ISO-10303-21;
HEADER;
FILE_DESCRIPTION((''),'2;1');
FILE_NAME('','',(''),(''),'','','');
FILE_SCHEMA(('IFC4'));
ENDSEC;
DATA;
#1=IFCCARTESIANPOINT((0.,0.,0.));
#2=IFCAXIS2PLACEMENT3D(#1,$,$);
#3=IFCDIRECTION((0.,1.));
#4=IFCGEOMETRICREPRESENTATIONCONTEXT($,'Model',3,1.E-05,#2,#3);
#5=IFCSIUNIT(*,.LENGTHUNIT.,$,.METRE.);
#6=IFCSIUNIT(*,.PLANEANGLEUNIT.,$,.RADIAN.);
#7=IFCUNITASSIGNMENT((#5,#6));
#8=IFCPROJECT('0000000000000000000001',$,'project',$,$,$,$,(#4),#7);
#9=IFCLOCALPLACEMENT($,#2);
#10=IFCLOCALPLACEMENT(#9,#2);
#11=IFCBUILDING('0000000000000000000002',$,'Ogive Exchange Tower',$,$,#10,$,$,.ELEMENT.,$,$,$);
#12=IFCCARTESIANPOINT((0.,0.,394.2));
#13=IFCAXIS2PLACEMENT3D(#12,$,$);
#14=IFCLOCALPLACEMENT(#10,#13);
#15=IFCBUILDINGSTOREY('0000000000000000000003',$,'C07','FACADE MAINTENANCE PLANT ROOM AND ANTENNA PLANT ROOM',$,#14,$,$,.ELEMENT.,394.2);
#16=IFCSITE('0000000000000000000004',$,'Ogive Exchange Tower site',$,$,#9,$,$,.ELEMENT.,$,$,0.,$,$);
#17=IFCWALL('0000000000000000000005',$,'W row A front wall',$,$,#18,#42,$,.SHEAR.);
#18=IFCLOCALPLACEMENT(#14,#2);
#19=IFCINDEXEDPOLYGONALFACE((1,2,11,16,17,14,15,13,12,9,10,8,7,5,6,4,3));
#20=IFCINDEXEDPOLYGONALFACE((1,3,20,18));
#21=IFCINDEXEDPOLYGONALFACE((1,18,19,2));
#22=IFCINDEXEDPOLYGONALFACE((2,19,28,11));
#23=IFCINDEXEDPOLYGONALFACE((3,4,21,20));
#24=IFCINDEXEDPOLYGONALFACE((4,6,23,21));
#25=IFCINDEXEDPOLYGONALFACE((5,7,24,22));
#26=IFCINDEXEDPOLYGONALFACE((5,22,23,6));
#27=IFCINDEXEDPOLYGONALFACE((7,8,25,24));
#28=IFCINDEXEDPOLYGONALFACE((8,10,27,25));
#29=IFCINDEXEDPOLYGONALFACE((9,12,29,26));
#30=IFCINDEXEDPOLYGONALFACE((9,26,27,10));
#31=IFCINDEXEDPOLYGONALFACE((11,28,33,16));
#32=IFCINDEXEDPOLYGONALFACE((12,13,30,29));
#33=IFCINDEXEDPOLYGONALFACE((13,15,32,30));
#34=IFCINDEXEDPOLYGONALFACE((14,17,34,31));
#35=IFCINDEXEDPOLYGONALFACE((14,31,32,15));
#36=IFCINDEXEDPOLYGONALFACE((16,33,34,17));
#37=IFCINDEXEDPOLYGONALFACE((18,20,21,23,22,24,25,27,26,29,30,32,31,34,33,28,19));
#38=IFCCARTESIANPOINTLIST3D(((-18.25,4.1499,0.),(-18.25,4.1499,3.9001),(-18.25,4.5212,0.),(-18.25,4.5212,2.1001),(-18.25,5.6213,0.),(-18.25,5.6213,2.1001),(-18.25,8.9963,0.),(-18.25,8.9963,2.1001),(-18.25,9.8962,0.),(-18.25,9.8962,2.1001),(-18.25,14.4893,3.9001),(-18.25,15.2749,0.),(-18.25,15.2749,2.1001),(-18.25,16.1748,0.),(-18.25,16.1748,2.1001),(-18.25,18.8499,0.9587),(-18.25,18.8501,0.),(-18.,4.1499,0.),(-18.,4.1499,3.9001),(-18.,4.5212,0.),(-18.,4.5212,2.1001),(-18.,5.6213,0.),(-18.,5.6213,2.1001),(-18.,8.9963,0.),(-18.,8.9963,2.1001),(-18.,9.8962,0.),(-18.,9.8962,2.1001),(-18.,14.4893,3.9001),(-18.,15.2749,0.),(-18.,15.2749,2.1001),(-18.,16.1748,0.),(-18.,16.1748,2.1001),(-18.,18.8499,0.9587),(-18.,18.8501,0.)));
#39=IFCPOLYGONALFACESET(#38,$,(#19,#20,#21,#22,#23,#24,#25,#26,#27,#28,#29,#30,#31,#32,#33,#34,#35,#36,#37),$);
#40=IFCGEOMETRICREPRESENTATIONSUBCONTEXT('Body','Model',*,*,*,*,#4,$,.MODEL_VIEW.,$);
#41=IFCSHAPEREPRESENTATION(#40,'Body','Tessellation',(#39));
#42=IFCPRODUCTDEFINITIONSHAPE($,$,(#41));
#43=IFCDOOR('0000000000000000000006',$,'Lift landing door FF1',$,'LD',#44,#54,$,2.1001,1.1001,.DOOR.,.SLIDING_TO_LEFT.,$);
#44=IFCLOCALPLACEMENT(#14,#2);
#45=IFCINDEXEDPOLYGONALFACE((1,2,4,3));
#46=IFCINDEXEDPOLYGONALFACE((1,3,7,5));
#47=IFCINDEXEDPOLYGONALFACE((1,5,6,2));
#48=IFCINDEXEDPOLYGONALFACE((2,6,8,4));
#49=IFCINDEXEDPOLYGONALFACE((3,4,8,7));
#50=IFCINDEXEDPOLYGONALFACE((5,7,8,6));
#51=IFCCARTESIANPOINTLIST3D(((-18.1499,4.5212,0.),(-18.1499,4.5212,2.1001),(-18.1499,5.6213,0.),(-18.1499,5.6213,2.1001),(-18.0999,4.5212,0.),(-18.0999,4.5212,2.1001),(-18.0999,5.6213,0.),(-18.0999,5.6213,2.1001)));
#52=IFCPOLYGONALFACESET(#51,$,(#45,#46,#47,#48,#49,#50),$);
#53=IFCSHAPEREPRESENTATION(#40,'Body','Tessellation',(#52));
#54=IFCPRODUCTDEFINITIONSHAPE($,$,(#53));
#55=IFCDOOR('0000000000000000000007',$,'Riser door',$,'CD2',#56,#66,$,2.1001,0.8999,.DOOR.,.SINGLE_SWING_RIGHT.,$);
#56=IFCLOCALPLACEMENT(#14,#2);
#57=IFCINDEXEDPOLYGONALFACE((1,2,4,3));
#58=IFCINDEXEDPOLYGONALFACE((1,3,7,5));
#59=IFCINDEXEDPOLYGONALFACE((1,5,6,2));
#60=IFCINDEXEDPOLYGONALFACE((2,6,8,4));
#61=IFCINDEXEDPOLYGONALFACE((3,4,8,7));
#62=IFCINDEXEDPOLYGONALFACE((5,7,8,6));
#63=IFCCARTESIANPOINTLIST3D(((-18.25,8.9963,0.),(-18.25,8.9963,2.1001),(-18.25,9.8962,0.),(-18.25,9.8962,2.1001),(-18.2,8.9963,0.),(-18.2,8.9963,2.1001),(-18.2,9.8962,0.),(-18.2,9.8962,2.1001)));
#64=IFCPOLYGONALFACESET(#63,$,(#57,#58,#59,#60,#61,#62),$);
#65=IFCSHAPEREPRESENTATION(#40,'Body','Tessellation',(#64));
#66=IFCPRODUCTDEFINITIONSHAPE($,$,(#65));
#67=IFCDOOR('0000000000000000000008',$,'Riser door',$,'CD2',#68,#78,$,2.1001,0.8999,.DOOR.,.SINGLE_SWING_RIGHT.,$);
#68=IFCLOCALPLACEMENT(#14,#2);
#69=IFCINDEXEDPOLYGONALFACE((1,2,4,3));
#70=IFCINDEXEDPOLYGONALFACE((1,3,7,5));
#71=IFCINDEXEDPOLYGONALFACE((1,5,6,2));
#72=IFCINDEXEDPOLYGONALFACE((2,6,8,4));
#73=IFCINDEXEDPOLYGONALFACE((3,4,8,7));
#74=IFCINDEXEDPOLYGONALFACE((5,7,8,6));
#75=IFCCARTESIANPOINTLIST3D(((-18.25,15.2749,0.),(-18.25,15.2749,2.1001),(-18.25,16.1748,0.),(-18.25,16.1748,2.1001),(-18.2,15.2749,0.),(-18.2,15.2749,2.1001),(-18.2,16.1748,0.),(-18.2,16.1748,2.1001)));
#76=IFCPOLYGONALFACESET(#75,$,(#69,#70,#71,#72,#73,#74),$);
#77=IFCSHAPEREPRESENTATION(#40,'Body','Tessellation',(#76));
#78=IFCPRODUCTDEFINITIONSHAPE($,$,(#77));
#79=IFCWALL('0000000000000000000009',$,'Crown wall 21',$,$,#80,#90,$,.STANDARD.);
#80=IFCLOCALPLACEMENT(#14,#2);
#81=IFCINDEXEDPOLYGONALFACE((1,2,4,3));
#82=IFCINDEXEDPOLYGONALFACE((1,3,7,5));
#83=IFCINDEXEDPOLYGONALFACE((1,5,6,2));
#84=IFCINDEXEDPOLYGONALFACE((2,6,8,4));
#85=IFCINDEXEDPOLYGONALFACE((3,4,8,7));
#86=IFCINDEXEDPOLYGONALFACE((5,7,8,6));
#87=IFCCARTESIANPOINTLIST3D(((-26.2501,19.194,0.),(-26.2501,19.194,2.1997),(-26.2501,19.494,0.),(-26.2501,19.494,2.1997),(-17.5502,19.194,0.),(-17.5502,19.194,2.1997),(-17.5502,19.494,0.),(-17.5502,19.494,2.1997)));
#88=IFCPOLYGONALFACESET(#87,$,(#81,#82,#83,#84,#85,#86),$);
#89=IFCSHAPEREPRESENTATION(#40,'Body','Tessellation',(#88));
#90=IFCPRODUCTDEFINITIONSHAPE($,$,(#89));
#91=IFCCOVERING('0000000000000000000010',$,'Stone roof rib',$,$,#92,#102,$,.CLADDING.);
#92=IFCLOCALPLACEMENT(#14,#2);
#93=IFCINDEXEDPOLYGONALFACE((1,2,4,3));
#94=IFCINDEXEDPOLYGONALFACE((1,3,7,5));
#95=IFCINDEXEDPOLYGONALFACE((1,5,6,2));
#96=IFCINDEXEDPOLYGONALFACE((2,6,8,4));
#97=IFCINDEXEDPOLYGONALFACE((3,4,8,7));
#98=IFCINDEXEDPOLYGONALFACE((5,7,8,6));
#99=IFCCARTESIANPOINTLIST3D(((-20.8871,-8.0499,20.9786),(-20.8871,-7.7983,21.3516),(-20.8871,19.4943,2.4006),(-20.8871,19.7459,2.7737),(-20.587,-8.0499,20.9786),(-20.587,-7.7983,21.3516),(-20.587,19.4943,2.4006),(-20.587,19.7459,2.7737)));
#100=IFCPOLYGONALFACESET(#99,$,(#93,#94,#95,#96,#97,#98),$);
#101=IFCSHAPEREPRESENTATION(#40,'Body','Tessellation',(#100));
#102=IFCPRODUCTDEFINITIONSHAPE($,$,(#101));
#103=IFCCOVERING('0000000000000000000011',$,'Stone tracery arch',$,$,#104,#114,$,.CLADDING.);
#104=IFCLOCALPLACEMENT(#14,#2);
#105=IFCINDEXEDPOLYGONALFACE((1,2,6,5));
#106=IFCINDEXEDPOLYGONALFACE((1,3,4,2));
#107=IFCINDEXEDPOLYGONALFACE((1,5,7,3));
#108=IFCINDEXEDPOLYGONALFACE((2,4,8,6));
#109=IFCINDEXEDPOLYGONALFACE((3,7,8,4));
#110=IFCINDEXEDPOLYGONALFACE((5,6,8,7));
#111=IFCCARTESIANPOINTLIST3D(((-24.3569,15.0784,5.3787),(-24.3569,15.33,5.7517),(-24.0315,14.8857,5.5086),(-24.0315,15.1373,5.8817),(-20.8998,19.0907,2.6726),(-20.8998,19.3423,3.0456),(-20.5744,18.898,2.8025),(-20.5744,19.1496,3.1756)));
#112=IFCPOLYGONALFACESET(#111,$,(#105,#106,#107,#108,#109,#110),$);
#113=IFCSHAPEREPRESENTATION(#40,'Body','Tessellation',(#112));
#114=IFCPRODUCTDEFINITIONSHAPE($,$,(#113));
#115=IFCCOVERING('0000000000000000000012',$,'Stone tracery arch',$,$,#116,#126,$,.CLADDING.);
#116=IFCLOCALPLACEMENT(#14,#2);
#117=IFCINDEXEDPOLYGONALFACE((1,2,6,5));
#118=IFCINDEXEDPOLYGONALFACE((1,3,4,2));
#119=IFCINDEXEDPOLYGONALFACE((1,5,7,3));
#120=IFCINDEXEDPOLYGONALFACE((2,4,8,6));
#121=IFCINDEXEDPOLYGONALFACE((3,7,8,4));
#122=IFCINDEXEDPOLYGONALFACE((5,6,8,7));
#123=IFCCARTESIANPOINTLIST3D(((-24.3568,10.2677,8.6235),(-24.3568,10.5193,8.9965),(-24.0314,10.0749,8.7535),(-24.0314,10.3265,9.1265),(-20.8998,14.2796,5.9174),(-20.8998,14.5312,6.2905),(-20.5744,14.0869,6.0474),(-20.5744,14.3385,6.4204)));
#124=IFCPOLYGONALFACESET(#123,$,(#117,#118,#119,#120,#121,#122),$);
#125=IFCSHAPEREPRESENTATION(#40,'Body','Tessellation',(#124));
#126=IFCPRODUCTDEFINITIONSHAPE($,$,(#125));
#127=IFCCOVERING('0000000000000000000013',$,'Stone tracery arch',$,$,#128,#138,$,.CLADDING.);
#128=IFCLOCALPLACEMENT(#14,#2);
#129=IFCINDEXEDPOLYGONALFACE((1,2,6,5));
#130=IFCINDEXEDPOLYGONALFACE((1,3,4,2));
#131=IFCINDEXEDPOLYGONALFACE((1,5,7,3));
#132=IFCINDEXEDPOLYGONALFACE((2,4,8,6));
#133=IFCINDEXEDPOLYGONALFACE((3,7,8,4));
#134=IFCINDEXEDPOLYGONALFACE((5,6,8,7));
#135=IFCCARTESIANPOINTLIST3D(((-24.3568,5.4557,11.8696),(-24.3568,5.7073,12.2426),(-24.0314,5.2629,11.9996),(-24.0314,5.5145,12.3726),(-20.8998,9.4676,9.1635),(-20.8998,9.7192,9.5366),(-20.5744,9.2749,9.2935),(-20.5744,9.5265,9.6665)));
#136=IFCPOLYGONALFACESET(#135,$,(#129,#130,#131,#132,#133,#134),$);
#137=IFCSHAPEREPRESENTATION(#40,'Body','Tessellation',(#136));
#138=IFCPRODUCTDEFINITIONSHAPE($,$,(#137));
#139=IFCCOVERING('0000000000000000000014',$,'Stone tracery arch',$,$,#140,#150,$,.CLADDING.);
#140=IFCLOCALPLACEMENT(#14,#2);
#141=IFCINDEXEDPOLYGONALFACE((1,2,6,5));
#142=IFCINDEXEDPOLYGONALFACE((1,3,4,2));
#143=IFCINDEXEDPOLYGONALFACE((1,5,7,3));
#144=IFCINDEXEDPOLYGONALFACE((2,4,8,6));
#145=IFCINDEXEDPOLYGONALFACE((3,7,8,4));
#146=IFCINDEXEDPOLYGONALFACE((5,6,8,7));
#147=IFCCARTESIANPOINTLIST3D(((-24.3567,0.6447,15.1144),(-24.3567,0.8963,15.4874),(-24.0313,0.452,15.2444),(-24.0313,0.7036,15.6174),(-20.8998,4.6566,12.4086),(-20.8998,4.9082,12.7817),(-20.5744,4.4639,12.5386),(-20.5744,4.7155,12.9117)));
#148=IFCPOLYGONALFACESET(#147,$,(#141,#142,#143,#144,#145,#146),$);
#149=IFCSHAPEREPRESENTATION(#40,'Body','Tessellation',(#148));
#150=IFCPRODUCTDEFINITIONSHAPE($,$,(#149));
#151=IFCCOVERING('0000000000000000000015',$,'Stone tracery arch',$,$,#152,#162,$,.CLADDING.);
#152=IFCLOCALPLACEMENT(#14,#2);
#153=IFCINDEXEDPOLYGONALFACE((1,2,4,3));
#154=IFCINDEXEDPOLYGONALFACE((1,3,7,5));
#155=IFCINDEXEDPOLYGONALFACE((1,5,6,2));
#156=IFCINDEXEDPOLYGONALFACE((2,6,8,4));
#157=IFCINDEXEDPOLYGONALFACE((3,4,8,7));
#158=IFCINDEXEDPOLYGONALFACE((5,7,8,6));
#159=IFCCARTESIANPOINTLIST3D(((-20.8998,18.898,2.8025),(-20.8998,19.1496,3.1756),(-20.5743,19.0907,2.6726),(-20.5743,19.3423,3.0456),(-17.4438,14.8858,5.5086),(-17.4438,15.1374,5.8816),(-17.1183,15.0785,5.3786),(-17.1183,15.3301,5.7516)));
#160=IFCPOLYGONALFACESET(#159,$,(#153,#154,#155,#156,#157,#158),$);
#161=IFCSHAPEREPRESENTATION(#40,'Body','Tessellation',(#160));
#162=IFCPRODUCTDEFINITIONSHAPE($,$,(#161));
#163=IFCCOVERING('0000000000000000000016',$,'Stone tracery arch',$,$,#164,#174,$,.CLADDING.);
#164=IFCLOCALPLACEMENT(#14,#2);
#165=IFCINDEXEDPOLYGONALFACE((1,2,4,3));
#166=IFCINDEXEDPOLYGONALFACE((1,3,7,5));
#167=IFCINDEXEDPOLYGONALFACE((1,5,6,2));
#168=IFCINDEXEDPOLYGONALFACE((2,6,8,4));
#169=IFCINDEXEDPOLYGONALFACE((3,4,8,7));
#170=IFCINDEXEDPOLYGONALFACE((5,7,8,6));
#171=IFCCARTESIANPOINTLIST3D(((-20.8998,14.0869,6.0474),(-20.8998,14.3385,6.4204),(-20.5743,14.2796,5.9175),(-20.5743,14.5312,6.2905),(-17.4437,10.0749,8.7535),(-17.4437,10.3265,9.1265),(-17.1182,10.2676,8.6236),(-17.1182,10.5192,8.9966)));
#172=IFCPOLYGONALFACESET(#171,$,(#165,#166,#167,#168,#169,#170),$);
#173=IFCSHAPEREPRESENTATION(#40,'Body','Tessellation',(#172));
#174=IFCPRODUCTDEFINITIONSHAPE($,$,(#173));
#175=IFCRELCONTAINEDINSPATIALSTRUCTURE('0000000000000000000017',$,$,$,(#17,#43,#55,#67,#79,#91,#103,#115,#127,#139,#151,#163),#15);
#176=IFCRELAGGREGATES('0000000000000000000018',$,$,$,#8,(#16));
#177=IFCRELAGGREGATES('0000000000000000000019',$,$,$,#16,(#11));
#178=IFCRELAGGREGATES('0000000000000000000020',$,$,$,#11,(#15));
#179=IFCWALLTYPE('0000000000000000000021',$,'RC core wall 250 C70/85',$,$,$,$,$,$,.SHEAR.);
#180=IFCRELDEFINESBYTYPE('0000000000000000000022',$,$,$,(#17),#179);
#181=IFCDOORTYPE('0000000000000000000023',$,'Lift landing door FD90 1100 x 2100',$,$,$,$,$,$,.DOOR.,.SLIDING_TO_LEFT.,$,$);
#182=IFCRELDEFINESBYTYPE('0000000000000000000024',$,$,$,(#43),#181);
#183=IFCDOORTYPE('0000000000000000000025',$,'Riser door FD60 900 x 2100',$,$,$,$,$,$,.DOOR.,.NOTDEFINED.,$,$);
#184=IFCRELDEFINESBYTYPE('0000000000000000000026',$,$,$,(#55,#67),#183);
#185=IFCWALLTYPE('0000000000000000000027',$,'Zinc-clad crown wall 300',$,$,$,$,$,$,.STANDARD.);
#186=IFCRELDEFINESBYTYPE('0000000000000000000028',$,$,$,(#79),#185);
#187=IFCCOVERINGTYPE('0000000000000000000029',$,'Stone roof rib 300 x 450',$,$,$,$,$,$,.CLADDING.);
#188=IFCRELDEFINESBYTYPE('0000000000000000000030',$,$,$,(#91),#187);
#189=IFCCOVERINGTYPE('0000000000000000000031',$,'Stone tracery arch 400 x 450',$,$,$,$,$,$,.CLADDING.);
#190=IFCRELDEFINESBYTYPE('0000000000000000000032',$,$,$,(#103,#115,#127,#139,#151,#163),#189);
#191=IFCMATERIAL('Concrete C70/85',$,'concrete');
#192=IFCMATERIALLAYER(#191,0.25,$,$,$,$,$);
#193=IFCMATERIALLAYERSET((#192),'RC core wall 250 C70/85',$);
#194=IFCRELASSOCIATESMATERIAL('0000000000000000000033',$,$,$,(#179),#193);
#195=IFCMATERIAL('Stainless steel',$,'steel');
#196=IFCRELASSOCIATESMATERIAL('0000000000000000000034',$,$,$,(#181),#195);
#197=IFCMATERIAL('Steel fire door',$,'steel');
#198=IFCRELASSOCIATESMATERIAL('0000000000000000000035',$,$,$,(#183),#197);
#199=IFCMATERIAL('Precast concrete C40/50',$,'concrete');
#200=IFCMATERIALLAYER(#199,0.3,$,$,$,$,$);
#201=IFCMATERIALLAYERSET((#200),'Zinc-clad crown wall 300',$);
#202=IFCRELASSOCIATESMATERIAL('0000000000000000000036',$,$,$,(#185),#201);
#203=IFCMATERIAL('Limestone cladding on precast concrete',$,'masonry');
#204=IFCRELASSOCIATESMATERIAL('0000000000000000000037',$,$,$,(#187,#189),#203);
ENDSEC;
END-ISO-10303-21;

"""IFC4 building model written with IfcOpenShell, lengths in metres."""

from ifc_helpers import new_model, si_unit, direction, frame, frame_2d, origin, origin_2d, place, context, subcontext, project, spatial, polyline, rectangle, outline, extrude, material, layer, layer_set, material_profile, profile_set, type_object, element, fill, save


model = new_model("IFC4")

# Units and contexts
model_context = context("Model", 3, precision=1e-05, world=origin(), true_north=direction((0.0, 1.0)))
body_context = subcontext(model_context, "Body", "Model", "MODEL_VIEW")
ifc_project = project(units=[si_unit("LENGTHUNIT", "METRE"), si_unit("PLANEANGLEUNIT", "RADIAN")], contexts=[model_context])

# Site, building, storey
site_placement = place(None, origin())
site = spatial("IfcSite", under=ifc_project, at=site_placement, Name="Ogive Exchange Tower site", CompositionType="ELEMENT", RefElevation=0.0)
building_placement = place(site_placement, origin())
building = spatial("IfcBuilding", under=site, at=building_placement, Name="Ogive Exchange Tower", CompositionType="ELEMENT")
storey_placement = place(building_placement, frame((0.0, 0.0, 394.2)))
storey = spatial("IfcBuildingStorey", under=building, at=storey_placement, Name="C07", Description="FACADE MAINTENANCE PLANT ROOM AND ANTENNA PLANT ROOM", CompositionType="ELEMENT", Elevation=394.2)

# Shared definitions
ifc_material_1 = material(Name="Concrete C70/85", Category="concrete")
ifc_material_2 = material(Name="Steel fire door", Category="steel")

# Wall, openings, doors
ifc_layer_1 = layer(ifc_material_1, 0.25)
ifc_layer_set_1 = layer_set([ifc_layer_1], Name="RC core wall 250 C70/85")
wall_type_1 = type_object("IfcWallType", Name="RC core wall 250 C70/85", PredefinedType="SHEAR", material=ifc_layer_set_1)
wall_1_placement = place(storey_placement, frame((-18.125, 4.1499, 0.0), z_axis=(0.0, 0.0, 1.0), x_axis=(0.0, 1.0, 0.0)))
wall_1 = element("IfcWall", 1, at=wall_1_placement, inside=storey, type_object=wall_type_1, Name="W row A front wall", PredefinedType="SHEAR", context=body_context, shape_type="SweptSolid", body=[
    extrude(outline(polyline([(0.0, 0.0), (14.7002, 0.0), (14.7, 0.9587), (10.3394, 3.9001), (0.0, 3.9001), (0.0, 0.0)])), frame((0.0, 0.125, 0.0), z_axis=(0.0, -1.0, 0.0), x_axis=(1.0, 0.0, 0.0)), (0.0, 0.0, 1.0), 0.25),
])
opening_1_placement = place(wall_1_placement, frame((4.8464, 0.0, 0.0)))
opening_1 = element("IfcOpeningElement", 2, at=opening_1_placement, cuts=wall_1, PredefinedType="OPENING", context=body_context, shape_type="SweptSolid", body=[
    extrude(rectangle(XDim=0.8999, YDim=2.1001, at=frame_2d((0.45, 1.05))), frame((0.0, 0.135, 0.0), z_axis=(0.0, -1.0, 0.0), x_axis=(1.0, 0.0, 0.0)), (0.0, 0.0, 1.0), 0.27),
])
opening_2_placement = place(wall_1_placement, frame((11.125, 0.0, 0.0)))
opening_2 = element("IfcOpeningElement", 3, at=opening_2_placement, cuts=wall_1, PredefinedType="OPENING", context=body_context, shape_type="SweptSolid", body=[
    extrude(rectangle(XDim=0.8999, YDim=2.1001, at=frame_2d((0.45, 1.05))), frame((0.0, 0.135, 0.0), z_axis=(0.0, -1.0, 0.0), x_axis=(1.0, 0.0, 0.0)), (0.0, 0.0, 1.0), 0.27),
])
opening_3_placement = place(wall_1_placement, frame((0.3713, 0.0, 0.0)))
opening_3 = element("IfcOpeningElement", 4, at=opening_3_placement, cuts=wall_1, PredefinedType="OPENING", context=body_context, shape_type="SweptSolid", body=[
    extrude(rectangle(XDim=1.1001, YDim=2.1001, at=frame_2d((0.55, 1.05))), frame((0.0, 0.135, 0.0), z_axis=(0.0, -1.0, 0.0), x_axis=(1.0, 0.0, 0.0)), (0.0, 0.0, 1.0), 0.27),
])
ifc_material_3 = material(Name="Stainless steel", Category="steel")
door_type_1 = type_object("IfcDoorType", Name="Lift landing door FD90 1100 x 2100", OperationType="SLIDING_TO_LEFT", PredefinedType="DOOR", material=ifc_material_3)
door_1_placement = place(opening_3_placement, origin())
door_1 = element("IfcDoor", 5, at=door_1_placement, inside=storey, type_object=door_type_1, Name="Lift landing door FF1", ObjectType="LD", OperationType="SLIDING_TO_LEFT", OverallHeight=2.1001, OverallWidth=1.1001, PredefinedType="DOOR", context=body_context, shape_type="SweptSolid", body=[
    extrude(rectangle(XDim=1.1001, YDim=2.1001, at=frame_2d((0.55, 1.05))), frame((0.0, 0.0249, 0.0), z_axis=(0.0, -1.0, 0.0), x_axis=(1.0, 0.0, 0.0)), (0.0, 0.0, 1.0), 0.05),
])
fill(opening_3, door_1)
door_type_2 = type_object("IfcDoorType", Name="Riser door FD60 900 x 2100", OperationType="NOTDEFINED", PredefinedType="DOOR", material=ifc_material_2)
door_2_placement = place(opening_1_placement, origin())
door_2 = element("IfcDoor", 6, at=door_2_placement, inside=storey, type_object=door_type_2, Name="Riser door", ObjectType="CD2", OperationType="SINGLE_SWING_RIGHT", OverallHeight=2.1001, OverallWidth=0.8999, PredefinedType="DOOR", context=body_context, shape_type="SweptSolid", body=[
    extrude(rectangle(XDim=0.8999, YDim=2.1001, at=frame_2d((0.45, 1.05))), frame((0.0, 0.125, 0.0), z_axis=(0.0, -1.0, 0.0), x_axis=(1.0, 0.0, 0.0)), (0.0, 0.0, 1.0), 0.05),
])
fill(opening_1, door_2)
door_3_placement = place(opening_2_placement, origin())
door_3 = element("IfcDoor", 7, at=door_3_placement, inside=storey, type_object=door_type_2, Name="Riser door", ObjectType="CD2", OperationType="SINGLE_SWING_RIGHT", OverallHeight=2.1001, OverallWidth=0.8999, PredefinedType="DOOR", context=body_context, shape_type="SweptSolid", body=[
    extrude(rectangle(XDim=0.8999, YDim=2.1001, at=frame_2d((0.45, 1.05))), frame((0.0, 0.125, 0.0), z_axis=(0.0, -1.0, 0.0), x_axis=(1.0, 0.0, 0.0)), (0.0, 0.0, 1.0), 0.05),
])
fill(opening_2, door_3)

# Wall
ifc_material_4 = material(Name="Precast concrete C40/50", Category="concrete")
ifc_layer_2 = layer(ifc_material_4, 0.3)
ifc_layer_set_2 = layer_set([ifc_layer_2], Name="Zinc-clad crown wall 300")
wall_type_2 = type_object("IfcWallType", Name="Zinc-clad crown wall 300", PredefinedType="STANDARD", material=ifc_layer_set_2)
wall_2_placement = place(storey_placement, frame((-17.55, 19.344, 0.0), z_axis=(0.0, 0.0, 1.0), x_axis=(-1.0, 0.0, 0.0)))
element("IfcWall", 8, at=wall_2_placement, inside=storey, type_object=wall_type_2, Name="Crown wall 21", PredefinedType="STANDARD", context=body_context, shape_type="SweptSolid", body=[
    extrude(rectangle(XDim=8.7, YDim=0.3, at=frame_2d((4.3501, 0.0))), origin(), (0.0, 0.0, 1.0), 2.1997),
])

# Coverings
ifc_material_5 = material(Name="Limestone cladding on precast concrete", Category="masonry")
ifc_material_profile_1 = material_profile(ifc_material_5, rectangle(XDim=0.3, YDim=0.45, at=origin_2d()), Name="RIB 300 x 450")
ifc_profile_set_1 = profile_set([ifc_material_profile_1], Name="Limestone cladding on precast concrete")
covering_type_1 = type_object("IfcCoveringType", Name="Stone roof rib 300 x 450", PredefinedType="CLADDING", material=ifc_profile_set_1)
covering_1_placement = place(storey_placement, frame((-20.7371, 19.6201, 2.5872), z_axis=(0.0, -0.82905, 0.559174), x_axis=(1.0, 0.0, 0.0)))
element("IfcCovering", 9, at=covering_1_placement, inside=storey, type_object=covering_type_1, Name="Stone roof rib", PredefinedType="CLADDING", context=body_context, shape_type="SweptSolid", body=[
    extrude(rectangle(XDim=0.3, YDim=0.45, at=origin_2d()), origin(), (0.0, 0.0, 1.0), 33.2239),
])
ifc_material_profile_2 = material_profile(ifc_material_5, rectangle(XDim=0.3999, YDim=0.45, at=origin_2d()), Name="TRACERY 400 x 450")
ifc_profile_set_2 = profile_set([ifc_material_profile_2], Name="Limestone cladding on precast concrete")
covering_type_2 = type_object("IfcCoveringType", Name="Stone tracery arch 400 x 450", PredefinedType="CLADDING", material=ifc_profile_set_2)
covering_2_placement = place(storey_placement, frame((-20.7371, 19.1201, 2.9241), z_axis=(-0.581267, -0.674615, 0.454998), x_axis=(0.813713, -0.481905, 0.325021)))
element("IfcCovering", 10, at=covering_2_placement, inside=storey, type_object=covering_type_2, Name="Stone tracery arch", PredefinedType="CLADDING", context=body_context, shape_type="SweptSolid", body=[
    extrude(rectangle(XDim=0.3999, YDim=0.45, at=origin_2d()), origin(), (0.0, 0.0, 1.0), 5.9475),
])
for number, where, z_axis, x_axis, name in (
    (11, (-20.7371, 14.3091, 6.1689), (-0.581283, -0.674593, 0.45501), (0.813701, -0.481926, 0.325019), "Stone tracery arch"),
    (12, (-20.7371, 9.4971, 9.415), (-0.581283, -0.674593, 0.45501), (0.813701, -0.481926, 0.325019), "Stone tracery arch"),
):
    element("IfcCovering", number, at=place(storey_placement, frame(where, z_axis=z_axis, x_axis=x_axis)), inside=storey, type_object=covering_type_2, Name=name, PredefinedType="CLADDING", context=body_context, shape_type="SweptSolid", body=[
        extrude(rectangle(XDim=0.3999, YDim=0.45, at=origin_2d()), origin(), (0.0, 0.0, 1.0), 5.9473),
    ])
covering_3_placement = place(storey_placement, frame((-20.7371, 4.686, 12.6602), z_axis=(-0.581294, -0.674605, 0.454978), x_axis=(0.813693, -0.481935, 0.325025)))
element("IfcCovering", 13, at=covering_3_placement, inside=storey, type_object=covering_type_2, Name="Stone tracery arch", PredefinedType="CLADDING", context=body_context, shape_type="SweptSolid", body=[
    extrude(rectangle(XDim=0.3999, YDim=0.45, at=origin_2d()), origin(), (0.0, 0.0, 1.0), 5.947),
])
for number, where, z_axis, x_axis, name in (
    (14, (-20.7371, 19.1201, 2.9241), (0.581159, -0.674679, 0.455041), (0.81379, 0.481799, -0.324984), "Stone tracery arch"),
    (15, (-20.7371, 14.3091, 6.1689), (0.581175, -0.674657, 0.455054), (0.813779, 0.48182, -0.324982), "Stone tracery arch"),
):
    element("IfcCovering", number, at=place(storey_placement, frame(where, z_axis=z_axis, x_axis=x_axis)), inside=storey, type_object=covering_type_2, Name=name, PredefinedType="CLADDING", context=body_context, shape_type="SweptSolid", body=[
        extrude(rectangle(XDim=0.3999, YDim=0.45, at=origin_2d()), origin(), (0.0, 0.0, 1.0), 5.9468),
    ])

save(model, "model.ifc")
